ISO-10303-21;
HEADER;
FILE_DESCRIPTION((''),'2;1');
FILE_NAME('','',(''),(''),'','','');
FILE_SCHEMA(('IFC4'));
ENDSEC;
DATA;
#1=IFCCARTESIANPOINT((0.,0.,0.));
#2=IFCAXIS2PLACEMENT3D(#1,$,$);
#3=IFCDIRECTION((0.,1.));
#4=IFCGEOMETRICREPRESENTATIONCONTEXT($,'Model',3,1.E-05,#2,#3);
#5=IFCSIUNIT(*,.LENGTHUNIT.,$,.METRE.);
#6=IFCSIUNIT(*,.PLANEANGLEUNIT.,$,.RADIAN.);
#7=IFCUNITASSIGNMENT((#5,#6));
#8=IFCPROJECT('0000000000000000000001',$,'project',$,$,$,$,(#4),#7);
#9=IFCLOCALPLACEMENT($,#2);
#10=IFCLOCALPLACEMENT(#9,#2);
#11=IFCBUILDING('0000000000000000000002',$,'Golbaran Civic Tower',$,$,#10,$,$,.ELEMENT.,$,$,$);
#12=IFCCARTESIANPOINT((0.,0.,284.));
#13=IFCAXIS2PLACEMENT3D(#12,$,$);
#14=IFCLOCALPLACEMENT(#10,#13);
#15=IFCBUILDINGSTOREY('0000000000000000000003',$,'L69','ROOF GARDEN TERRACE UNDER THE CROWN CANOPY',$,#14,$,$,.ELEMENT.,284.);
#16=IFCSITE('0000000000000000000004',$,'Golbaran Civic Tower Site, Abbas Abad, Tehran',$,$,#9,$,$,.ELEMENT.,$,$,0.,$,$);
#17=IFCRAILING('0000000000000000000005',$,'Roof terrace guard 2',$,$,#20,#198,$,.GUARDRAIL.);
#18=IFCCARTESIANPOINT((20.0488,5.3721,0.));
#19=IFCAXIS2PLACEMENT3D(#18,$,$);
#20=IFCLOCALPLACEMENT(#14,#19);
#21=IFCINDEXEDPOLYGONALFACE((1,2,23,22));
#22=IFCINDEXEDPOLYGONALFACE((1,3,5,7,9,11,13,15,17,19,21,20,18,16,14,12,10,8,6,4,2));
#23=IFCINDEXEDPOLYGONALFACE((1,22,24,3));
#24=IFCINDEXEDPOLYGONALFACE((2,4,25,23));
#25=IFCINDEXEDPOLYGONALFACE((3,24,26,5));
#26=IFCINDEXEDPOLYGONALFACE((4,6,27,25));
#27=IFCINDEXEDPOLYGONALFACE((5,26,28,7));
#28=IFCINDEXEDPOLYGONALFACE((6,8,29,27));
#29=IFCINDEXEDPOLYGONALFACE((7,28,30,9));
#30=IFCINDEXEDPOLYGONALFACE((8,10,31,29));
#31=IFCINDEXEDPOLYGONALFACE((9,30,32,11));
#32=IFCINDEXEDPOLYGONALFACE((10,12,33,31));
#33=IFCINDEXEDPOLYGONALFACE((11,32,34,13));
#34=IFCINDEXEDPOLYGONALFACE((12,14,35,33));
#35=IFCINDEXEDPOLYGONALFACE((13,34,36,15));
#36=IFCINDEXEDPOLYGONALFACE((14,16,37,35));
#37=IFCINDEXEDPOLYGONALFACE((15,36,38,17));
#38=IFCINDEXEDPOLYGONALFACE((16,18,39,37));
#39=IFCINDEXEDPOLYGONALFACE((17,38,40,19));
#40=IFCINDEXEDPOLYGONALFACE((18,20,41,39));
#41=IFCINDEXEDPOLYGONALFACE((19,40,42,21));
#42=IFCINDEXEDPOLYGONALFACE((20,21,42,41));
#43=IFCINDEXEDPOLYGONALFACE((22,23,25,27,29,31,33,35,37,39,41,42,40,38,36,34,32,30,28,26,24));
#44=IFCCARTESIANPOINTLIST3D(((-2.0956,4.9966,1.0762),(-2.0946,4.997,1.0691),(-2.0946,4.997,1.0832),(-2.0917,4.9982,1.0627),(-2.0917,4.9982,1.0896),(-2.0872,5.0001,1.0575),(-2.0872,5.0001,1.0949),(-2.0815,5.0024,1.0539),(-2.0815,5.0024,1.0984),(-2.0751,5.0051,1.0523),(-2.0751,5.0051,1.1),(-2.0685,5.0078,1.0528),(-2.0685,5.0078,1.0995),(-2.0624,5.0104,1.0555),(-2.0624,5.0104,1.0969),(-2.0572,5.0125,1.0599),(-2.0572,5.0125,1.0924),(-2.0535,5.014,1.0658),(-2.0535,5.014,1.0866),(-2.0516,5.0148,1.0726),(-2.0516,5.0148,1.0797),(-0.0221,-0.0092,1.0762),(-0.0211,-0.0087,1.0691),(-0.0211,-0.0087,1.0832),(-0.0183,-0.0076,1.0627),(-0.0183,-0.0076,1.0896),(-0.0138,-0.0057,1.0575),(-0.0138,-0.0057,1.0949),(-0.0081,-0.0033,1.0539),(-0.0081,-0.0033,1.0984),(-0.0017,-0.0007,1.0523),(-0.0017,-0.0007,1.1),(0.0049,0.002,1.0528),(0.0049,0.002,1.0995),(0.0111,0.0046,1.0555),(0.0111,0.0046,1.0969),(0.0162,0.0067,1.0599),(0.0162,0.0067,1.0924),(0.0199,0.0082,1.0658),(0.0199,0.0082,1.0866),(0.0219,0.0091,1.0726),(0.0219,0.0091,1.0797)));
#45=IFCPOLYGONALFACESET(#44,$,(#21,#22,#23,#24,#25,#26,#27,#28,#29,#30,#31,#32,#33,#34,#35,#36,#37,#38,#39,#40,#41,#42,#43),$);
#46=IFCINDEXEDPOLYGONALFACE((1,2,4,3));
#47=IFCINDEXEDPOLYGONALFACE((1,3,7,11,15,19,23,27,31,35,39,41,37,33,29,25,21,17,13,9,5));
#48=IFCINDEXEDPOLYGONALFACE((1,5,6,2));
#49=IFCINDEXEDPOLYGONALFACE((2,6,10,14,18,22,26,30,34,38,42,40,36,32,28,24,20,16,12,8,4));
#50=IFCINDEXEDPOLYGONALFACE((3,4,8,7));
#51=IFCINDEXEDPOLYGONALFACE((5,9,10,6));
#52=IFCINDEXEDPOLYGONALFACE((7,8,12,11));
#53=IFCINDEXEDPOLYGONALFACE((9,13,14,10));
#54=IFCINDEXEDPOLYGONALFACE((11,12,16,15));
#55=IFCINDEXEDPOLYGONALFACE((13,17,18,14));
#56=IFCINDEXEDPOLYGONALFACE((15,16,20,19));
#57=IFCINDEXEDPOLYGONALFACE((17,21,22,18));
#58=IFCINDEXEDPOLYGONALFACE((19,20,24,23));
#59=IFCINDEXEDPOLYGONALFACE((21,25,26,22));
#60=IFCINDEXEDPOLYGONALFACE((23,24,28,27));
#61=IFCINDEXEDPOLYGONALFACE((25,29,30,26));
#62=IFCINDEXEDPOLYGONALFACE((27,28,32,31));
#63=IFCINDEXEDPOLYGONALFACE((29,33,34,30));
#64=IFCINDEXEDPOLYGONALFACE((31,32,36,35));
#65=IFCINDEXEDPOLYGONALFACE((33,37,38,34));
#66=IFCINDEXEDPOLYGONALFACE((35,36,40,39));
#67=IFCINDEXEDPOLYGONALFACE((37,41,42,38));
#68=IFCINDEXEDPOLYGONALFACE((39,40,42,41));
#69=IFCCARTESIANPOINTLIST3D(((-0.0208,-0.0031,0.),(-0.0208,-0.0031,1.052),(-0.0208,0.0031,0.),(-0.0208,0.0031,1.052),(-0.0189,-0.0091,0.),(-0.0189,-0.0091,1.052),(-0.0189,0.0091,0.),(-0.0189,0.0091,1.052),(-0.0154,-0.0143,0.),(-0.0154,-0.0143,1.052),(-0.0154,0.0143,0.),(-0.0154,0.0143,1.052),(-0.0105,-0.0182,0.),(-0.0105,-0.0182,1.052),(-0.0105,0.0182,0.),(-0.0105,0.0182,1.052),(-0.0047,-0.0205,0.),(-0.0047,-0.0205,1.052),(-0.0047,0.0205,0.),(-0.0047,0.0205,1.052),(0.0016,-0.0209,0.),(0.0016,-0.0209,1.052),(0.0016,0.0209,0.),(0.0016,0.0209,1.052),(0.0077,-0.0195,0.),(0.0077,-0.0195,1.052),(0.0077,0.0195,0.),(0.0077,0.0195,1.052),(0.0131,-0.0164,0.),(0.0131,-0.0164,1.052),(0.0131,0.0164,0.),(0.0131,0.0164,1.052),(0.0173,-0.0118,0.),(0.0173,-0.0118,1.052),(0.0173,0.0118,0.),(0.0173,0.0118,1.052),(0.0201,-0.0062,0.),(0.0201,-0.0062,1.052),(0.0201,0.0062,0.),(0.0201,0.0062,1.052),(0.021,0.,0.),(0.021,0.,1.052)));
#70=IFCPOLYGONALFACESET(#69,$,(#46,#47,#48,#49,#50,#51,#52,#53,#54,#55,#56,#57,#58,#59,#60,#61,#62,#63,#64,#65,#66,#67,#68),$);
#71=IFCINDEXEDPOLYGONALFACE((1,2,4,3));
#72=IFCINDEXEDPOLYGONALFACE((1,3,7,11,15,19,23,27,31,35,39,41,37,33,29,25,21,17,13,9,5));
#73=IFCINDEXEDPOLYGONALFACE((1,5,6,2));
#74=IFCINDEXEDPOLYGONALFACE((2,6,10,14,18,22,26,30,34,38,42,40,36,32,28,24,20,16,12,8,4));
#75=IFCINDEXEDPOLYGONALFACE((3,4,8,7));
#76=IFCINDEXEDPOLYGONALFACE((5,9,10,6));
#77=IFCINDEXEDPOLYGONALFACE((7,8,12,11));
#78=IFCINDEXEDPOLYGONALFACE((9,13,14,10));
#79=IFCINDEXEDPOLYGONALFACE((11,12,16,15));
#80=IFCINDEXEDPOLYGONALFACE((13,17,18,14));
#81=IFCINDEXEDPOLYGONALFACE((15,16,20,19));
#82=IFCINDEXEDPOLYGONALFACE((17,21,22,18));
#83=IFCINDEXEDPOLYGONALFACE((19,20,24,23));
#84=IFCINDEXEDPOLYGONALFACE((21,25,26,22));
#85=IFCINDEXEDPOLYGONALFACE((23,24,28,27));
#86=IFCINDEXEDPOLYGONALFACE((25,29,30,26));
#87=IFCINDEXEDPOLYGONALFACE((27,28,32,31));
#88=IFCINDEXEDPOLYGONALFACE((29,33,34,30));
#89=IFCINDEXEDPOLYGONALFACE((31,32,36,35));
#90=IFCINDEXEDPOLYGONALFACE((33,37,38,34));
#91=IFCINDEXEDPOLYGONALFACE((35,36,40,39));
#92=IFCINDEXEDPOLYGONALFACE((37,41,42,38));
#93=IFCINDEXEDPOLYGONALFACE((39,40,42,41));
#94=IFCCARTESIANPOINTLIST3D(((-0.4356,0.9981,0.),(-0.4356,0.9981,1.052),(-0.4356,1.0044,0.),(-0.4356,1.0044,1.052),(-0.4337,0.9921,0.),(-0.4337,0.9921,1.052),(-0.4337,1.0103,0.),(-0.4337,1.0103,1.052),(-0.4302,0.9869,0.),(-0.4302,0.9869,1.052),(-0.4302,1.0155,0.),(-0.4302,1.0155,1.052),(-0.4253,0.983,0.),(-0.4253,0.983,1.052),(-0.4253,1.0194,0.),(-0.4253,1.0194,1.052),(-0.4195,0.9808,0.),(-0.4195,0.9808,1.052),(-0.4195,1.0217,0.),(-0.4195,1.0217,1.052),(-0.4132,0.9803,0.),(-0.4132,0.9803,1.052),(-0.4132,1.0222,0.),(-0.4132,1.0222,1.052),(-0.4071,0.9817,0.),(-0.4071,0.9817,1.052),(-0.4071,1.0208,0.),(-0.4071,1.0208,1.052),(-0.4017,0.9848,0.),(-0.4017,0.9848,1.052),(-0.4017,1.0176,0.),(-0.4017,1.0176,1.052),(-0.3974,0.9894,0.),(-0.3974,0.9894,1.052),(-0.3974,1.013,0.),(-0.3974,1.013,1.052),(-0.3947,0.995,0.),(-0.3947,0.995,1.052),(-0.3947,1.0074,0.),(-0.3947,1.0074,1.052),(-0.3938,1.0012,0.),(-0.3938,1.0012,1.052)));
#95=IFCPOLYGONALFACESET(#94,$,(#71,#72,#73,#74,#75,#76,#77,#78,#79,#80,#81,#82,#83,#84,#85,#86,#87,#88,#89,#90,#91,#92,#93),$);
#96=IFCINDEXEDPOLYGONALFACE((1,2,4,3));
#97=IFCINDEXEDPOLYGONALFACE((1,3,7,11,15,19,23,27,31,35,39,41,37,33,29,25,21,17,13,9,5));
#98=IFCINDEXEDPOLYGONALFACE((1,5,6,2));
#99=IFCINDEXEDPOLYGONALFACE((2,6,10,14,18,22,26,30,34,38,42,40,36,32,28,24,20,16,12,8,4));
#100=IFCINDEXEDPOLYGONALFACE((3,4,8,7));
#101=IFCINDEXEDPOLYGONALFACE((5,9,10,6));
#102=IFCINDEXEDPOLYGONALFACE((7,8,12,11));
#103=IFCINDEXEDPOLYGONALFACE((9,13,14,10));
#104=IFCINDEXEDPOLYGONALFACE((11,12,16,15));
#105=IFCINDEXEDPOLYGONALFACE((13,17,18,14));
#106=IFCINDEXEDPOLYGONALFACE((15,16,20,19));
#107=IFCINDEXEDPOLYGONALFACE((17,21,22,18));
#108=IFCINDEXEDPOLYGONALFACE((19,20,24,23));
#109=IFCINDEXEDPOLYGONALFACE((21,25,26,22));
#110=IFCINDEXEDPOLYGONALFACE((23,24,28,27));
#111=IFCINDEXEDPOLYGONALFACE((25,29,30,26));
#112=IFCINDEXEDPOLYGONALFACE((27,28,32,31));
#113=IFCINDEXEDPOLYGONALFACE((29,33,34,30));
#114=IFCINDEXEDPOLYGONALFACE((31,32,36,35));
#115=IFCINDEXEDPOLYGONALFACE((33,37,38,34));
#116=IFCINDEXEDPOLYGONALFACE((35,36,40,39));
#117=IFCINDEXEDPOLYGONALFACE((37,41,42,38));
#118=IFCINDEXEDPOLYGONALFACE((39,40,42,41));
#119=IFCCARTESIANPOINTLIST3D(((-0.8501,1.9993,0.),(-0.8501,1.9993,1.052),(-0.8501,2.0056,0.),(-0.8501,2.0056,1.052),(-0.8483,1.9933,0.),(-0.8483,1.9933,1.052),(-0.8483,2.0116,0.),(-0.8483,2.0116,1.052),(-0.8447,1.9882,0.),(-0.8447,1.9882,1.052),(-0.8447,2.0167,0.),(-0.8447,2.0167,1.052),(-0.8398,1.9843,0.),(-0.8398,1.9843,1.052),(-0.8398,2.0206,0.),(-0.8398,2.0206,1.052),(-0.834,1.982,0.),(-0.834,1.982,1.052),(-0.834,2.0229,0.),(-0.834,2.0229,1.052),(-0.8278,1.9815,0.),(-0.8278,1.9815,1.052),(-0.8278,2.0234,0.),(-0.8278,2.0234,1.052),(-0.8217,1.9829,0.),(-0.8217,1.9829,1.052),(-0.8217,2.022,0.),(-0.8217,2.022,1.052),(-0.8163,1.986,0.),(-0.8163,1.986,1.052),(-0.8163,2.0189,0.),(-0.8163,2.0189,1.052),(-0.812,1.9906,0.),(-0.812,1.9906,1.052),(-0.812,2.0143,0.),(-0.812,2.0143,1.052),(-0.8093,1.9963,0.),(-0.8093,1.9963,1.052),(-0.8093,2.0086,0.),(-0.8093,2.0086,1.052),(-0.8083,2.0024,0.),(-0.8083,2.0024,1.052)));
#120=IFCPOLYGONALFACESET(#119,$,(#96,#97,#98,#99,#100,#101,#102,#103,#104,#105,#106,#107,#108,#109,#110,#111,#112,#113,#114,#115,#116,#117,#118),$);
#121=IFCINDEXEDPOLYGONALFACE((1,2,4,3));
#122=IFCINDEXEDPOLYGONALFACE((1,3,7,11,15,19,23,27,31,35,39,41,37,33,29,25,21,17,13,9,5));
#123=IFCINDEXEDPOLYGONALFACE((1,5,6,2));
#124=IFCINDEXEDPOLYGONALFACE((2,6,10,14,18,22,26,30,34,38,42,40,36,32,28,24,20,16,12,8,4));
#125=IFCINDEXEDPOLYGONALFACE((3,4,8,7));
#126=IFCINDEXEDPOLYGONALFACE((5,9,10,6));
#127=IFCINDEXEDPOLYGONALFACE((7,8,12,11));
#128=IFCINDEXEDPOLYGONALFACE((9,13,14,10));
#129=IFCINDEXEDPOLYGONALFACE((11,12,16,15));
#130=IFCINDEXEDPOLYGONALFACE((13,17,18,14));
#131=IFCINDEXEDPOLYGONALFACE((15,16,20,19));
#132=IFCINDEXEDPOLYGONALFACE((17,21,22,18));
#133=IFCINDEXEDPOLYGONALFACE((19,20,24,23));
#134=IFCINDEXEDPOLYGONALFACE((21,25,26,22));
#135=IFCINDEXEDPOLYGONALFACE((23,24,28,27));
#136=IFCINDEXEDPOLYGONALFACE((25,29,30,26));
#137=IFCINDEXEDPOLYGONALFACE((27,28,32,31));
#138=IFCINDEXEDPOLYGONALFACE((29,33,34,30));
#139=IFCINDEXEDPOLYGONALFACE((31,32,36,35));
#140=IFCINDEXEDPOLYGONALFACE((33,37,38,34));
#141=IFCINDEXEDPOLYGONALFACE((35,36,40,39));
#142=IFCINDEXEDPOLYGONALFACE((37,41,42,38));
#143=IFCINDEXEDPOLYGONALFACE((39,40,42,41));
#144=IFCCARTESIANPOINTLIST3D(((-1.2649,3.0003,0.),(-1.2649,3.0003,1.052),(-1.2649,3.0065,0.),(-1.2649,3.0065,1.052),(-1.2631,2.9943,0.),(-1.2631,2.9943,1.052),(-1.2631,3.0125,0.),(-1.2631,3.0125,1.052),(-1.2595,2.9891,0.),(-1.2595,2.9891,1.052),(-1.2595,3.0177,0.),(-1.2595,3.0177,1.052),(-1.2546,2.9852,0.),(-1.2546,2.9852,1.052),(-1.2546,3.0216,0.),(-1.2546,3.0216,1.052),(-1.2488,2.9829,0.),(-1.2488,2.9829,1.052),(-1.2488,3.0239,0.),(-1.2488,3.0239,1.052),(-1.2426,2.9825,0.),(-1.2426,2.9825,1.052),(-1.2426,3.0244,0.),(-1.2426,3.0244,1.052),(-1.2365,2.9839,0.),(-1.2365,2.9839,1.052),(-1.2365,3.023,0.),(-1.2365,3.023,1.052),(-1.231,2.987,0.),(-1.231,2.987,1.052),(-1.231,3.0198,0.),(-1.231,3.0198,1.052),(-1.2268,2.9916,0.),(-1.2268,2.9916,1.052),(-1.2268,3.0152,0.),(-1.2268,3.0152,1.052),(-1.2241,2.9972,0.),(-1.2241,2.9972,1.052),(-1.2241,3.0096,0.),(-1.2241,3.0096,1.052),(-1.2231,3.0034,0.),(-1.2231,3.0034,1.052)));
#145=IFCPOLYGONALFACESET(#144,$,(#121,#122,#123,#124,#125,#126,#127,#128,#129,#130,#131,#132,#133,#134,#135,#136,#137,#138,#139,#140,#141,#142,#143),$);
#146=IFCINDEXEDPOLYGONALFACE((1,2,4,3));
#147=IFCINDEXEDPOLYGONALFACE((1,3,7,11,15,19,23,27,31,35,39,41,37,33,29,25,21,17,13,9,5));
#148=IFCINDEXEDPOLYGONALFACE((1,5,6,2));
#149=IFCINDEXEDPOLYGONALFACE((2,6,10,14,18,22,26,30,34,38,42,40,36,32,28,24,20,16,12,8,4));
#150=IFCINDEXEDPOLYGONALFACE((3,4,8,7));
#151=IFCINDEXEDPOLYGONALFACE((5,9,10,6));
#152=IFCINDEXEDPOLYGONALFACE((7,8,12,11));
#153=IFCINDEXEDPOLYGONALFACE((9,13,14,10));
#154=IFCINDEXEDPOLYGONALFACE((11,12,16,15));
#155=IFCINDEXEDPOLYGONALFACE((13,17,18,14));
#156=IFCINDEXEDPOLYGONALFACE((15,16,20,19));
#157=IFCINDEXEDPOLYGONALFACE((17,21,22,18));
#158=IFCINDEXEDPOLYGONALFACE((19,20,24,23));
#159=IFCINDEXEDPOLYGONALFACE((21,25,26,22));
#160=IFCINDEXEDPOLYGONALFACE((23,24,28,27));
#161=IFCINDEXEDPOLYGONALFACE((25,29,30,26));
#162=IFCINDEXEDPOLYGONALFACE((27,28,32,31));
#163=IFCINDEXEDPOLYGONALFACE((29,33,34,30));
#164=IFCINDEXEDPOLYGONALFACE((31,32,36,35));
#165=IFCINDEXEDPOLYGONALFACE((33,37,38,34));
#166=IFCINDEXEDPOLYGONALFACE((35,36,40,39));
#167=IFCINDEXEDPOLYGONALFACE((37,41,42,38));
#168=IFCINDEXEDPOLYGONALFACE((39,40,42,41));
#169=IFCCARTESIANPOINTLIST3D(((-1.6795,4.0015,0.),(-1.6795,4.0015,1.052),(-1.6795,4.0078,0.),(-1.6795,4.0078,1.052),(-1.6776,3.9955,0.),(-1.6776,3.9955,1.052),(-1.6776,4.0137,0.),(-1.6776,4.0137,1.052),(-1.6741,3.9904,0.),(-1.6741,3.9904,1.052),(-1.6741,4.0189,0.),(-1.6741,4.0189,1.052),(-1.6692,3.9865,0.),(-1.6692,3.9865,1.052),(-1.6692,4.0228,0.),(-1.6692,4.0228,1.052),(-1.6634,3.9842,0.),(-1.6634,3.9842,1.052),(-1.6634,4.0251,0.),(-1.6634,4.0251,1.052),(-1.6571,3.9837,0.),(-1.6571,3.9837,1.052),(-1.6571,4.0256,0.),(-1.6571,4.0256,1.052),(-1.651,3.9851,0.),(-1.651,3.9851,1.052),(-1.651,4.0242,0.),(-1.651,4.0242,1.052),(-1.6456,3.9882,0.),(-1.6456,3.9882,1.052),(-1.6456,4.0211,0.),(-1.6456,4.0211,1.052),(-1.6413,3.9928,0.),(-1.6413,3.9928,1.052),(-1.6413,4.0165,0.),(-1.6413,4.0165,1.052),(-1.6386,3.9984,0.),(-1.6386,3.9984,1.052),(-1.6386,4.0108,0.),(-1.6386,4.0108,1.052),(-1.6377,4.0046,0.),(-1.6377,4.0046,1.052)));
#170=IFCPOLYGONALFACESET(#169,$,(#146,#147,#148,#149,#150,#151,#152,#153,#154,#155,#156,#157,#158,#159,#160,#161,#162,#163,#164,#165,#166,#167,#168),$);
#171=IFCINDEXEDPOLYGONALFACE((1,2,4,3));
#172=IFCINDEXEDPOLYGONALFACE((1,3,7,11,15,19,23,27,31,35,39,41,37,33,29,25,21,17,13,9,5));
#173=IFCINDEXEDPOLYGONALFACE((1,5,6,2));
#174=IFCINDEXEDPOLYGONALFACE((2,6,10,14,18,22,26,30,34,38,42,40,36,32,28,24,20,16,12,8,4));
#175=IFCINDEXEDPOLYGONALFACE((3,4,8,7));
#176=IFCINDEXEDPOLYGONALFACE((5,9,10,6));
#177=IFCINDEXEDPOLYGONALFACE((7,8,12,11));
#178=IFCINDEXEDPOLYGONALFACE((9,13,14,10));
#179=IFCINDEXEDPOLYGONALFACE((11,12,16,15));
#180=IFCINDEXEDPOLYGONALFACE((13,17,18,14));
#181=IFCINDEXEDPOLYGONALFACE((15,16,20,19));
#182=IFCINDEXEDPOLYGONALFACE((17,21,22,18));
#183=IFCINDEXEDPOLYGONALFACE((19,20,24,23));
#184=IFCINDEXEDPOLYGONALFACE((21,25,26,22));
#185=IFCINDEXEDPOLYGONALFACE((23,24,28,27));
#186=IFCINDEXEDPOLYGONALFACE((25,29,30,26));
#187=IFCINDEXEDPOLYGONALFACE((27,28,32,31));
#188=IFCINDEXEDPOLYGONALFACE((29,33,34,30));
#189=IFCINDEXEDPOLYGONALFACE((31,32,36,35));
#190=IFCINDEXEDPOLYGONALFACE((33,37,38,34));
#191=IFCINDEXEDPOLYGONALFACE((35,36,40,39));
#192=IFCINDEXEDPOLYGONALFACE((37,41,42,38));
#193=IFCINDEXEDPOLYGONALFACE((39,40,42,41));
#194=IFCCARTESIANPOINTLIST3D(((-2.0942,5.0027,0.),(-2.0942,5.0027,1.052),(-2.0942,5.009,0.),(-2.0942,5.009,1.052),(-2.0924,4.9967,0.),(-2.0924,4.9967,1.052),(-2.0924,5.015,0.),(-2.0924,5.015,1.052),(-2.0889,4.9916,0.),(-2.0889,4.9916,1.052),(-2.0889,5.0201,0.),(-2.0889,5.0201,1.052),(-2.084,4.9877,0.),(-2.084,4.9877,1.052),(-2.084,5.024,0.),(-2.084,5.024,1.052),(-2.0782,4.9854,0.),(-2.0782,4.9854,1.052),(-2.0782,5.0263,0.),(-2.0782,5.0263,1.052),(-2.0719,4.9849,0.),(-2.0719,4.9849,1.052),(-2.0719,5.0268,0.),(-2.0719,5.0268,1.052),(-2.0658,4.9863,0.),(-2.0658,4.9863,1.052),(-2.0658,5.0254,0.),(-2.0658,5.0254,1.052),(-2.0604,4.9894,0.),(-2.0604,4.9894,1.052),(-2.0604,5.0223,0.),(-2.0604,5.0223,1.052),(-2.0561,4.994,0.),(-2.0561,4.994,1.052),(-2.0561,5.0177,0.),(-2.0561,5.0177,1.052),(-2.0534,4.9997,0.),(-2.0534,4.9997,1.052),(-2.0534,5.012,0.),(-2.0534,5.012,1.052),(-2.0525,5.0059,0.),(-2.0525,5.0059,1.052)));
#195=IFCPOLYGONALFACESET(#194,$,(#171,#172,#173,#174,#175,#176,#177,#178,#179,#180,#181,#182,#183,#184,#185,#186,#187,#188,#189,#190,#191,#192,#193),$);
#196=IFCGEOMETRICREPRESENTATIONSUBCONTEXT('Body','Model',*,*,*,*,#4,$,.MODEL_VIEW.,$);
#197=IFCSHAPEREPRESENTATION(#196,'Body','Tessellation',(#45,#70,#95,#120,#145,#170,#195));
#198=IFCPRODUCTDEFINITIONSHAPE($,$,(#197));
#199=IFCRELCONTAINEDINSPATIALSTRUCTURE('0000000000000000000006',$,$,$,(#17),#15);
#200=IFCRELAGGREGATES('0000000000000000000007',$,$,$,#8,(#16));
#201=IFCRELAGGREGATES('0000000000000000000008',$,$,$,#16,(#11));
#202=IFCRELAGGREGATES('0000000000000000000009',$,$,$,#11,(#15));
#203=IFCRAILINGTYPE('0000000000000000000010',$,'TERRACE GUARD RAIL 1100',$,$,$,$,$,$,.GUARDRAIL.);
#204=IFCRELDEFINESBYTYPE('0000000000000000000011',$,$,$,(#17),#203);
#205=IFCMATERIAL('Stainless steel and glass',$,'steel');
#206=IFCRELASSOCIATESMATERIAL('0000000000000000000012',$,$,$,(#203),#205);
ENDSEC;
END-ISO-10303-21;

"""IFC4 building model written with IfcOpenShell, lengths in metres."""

from ifc_helpers import new_model, si_unit, direction, frame, origin, origin_2d, place, context, subcontext, project, spatial, circle, extrude, material, type_object, element, save


model = new_model("IFC4")

# Units and contexts
model_context = context("Model", 3, precision=1e-05, world=origin(), true_north=direction((0.0, 1.0)))
body_context = subcontext(model_context, "Body", "Model", "MODEL_VIEW")
ifc_project = project(units=[si_unit("LENGTHUNIT", "METRE"), si_unit("PLANEANGLEUNIT", "RADIAN")], contexts=[model_context])

# Site, building, storey
site_placement = place(None, origin())
site = spatial("IfcSite", under=ifc_project, at=site_placement, Name="Golbaran Civic Tower Site, Abbas Abad, Tehran", CompositionType="ELEMENT", RefElevation=0.0)
building_placement = place(site_placement, origin())
building = spatial("IfcBuilding", under=site, at=building_placement, Name="Golbaran Civic Tower", CompositionType="ELEMENT")
storey_placement = place(building_placement, frame((0.0, 0.0, 284.0)))
storey = spatial("IfcBuildingStorey", under=building, at=storey_placement, Name="L69", Description="ROOF GARDEN TERRACE UNDER THE CROWN CANOPY", CompositionType="ELEMENT", Elevation=284.0)

# Railing
ifc_material_1 = material(Name="Stainless steel and glass", Category="steel")
railing_type = type_object("IfcRailingType", Name="TERRACE GUARD RAIL 1100", PredefinedType="GUARDRAIL", material=ifc_material_1)
railing_1_placement = place(storey_placement, frame((20.0488, 5.3721, 0.0)))
element("IfcRailing", 1, at=railing_1_placement, inside=storey, type_object=railing_type, Name="Roof terrace guard 2", PredefinedType="GUARDRAIL", context=body_context, shape_type="SweptSolid", body=[
    extrude(circle(Radius=0.0239, at=origin_2d()), frame((0.0, 0.0, 1.0762), z_axis=(-0.382682, 0.92388, 0.0), x_axis=(-0.92388, -0.382682, 0.0)), (0.0, 0.0, 1.0), 5.4182),
    extrude(circle(Radius=0.021, at=origin_2d()), origin(), (0.0, 0.0, 1.0), 1.052),
    extrude(circle(Radius=0.021, at=origin_2d()), frame((-0.4148, 1.0012, 0.0)), (0.0, 0.0, 1.0), 1.052),
    extrude(circle(Radius=0.021, at=origin_2d()), frame((-0.8293, 2.0024, 0.0)), (0.0, 0.0, 1.0), 1.052),
    extrude(circle(Radius=0.021, at=origin_2d()), frame((-1.2441, 3.0034, 0.0)), (0.0, 0.0, 1.0), 1.052),
    extrude(circle(Radius=0.021, at=origin_2d()), frame((-1.6587, 4.0046, 0.0)), (0.0, 0.0, 1.0), 1.052),
    extrude(circle(Radius=0.021, at=origin_2d()), frame((-2.0735, 5.0059, 0.0)), (0.0, 0.0, 1.0), 1.052),
])

save(model, "model.ifc")
